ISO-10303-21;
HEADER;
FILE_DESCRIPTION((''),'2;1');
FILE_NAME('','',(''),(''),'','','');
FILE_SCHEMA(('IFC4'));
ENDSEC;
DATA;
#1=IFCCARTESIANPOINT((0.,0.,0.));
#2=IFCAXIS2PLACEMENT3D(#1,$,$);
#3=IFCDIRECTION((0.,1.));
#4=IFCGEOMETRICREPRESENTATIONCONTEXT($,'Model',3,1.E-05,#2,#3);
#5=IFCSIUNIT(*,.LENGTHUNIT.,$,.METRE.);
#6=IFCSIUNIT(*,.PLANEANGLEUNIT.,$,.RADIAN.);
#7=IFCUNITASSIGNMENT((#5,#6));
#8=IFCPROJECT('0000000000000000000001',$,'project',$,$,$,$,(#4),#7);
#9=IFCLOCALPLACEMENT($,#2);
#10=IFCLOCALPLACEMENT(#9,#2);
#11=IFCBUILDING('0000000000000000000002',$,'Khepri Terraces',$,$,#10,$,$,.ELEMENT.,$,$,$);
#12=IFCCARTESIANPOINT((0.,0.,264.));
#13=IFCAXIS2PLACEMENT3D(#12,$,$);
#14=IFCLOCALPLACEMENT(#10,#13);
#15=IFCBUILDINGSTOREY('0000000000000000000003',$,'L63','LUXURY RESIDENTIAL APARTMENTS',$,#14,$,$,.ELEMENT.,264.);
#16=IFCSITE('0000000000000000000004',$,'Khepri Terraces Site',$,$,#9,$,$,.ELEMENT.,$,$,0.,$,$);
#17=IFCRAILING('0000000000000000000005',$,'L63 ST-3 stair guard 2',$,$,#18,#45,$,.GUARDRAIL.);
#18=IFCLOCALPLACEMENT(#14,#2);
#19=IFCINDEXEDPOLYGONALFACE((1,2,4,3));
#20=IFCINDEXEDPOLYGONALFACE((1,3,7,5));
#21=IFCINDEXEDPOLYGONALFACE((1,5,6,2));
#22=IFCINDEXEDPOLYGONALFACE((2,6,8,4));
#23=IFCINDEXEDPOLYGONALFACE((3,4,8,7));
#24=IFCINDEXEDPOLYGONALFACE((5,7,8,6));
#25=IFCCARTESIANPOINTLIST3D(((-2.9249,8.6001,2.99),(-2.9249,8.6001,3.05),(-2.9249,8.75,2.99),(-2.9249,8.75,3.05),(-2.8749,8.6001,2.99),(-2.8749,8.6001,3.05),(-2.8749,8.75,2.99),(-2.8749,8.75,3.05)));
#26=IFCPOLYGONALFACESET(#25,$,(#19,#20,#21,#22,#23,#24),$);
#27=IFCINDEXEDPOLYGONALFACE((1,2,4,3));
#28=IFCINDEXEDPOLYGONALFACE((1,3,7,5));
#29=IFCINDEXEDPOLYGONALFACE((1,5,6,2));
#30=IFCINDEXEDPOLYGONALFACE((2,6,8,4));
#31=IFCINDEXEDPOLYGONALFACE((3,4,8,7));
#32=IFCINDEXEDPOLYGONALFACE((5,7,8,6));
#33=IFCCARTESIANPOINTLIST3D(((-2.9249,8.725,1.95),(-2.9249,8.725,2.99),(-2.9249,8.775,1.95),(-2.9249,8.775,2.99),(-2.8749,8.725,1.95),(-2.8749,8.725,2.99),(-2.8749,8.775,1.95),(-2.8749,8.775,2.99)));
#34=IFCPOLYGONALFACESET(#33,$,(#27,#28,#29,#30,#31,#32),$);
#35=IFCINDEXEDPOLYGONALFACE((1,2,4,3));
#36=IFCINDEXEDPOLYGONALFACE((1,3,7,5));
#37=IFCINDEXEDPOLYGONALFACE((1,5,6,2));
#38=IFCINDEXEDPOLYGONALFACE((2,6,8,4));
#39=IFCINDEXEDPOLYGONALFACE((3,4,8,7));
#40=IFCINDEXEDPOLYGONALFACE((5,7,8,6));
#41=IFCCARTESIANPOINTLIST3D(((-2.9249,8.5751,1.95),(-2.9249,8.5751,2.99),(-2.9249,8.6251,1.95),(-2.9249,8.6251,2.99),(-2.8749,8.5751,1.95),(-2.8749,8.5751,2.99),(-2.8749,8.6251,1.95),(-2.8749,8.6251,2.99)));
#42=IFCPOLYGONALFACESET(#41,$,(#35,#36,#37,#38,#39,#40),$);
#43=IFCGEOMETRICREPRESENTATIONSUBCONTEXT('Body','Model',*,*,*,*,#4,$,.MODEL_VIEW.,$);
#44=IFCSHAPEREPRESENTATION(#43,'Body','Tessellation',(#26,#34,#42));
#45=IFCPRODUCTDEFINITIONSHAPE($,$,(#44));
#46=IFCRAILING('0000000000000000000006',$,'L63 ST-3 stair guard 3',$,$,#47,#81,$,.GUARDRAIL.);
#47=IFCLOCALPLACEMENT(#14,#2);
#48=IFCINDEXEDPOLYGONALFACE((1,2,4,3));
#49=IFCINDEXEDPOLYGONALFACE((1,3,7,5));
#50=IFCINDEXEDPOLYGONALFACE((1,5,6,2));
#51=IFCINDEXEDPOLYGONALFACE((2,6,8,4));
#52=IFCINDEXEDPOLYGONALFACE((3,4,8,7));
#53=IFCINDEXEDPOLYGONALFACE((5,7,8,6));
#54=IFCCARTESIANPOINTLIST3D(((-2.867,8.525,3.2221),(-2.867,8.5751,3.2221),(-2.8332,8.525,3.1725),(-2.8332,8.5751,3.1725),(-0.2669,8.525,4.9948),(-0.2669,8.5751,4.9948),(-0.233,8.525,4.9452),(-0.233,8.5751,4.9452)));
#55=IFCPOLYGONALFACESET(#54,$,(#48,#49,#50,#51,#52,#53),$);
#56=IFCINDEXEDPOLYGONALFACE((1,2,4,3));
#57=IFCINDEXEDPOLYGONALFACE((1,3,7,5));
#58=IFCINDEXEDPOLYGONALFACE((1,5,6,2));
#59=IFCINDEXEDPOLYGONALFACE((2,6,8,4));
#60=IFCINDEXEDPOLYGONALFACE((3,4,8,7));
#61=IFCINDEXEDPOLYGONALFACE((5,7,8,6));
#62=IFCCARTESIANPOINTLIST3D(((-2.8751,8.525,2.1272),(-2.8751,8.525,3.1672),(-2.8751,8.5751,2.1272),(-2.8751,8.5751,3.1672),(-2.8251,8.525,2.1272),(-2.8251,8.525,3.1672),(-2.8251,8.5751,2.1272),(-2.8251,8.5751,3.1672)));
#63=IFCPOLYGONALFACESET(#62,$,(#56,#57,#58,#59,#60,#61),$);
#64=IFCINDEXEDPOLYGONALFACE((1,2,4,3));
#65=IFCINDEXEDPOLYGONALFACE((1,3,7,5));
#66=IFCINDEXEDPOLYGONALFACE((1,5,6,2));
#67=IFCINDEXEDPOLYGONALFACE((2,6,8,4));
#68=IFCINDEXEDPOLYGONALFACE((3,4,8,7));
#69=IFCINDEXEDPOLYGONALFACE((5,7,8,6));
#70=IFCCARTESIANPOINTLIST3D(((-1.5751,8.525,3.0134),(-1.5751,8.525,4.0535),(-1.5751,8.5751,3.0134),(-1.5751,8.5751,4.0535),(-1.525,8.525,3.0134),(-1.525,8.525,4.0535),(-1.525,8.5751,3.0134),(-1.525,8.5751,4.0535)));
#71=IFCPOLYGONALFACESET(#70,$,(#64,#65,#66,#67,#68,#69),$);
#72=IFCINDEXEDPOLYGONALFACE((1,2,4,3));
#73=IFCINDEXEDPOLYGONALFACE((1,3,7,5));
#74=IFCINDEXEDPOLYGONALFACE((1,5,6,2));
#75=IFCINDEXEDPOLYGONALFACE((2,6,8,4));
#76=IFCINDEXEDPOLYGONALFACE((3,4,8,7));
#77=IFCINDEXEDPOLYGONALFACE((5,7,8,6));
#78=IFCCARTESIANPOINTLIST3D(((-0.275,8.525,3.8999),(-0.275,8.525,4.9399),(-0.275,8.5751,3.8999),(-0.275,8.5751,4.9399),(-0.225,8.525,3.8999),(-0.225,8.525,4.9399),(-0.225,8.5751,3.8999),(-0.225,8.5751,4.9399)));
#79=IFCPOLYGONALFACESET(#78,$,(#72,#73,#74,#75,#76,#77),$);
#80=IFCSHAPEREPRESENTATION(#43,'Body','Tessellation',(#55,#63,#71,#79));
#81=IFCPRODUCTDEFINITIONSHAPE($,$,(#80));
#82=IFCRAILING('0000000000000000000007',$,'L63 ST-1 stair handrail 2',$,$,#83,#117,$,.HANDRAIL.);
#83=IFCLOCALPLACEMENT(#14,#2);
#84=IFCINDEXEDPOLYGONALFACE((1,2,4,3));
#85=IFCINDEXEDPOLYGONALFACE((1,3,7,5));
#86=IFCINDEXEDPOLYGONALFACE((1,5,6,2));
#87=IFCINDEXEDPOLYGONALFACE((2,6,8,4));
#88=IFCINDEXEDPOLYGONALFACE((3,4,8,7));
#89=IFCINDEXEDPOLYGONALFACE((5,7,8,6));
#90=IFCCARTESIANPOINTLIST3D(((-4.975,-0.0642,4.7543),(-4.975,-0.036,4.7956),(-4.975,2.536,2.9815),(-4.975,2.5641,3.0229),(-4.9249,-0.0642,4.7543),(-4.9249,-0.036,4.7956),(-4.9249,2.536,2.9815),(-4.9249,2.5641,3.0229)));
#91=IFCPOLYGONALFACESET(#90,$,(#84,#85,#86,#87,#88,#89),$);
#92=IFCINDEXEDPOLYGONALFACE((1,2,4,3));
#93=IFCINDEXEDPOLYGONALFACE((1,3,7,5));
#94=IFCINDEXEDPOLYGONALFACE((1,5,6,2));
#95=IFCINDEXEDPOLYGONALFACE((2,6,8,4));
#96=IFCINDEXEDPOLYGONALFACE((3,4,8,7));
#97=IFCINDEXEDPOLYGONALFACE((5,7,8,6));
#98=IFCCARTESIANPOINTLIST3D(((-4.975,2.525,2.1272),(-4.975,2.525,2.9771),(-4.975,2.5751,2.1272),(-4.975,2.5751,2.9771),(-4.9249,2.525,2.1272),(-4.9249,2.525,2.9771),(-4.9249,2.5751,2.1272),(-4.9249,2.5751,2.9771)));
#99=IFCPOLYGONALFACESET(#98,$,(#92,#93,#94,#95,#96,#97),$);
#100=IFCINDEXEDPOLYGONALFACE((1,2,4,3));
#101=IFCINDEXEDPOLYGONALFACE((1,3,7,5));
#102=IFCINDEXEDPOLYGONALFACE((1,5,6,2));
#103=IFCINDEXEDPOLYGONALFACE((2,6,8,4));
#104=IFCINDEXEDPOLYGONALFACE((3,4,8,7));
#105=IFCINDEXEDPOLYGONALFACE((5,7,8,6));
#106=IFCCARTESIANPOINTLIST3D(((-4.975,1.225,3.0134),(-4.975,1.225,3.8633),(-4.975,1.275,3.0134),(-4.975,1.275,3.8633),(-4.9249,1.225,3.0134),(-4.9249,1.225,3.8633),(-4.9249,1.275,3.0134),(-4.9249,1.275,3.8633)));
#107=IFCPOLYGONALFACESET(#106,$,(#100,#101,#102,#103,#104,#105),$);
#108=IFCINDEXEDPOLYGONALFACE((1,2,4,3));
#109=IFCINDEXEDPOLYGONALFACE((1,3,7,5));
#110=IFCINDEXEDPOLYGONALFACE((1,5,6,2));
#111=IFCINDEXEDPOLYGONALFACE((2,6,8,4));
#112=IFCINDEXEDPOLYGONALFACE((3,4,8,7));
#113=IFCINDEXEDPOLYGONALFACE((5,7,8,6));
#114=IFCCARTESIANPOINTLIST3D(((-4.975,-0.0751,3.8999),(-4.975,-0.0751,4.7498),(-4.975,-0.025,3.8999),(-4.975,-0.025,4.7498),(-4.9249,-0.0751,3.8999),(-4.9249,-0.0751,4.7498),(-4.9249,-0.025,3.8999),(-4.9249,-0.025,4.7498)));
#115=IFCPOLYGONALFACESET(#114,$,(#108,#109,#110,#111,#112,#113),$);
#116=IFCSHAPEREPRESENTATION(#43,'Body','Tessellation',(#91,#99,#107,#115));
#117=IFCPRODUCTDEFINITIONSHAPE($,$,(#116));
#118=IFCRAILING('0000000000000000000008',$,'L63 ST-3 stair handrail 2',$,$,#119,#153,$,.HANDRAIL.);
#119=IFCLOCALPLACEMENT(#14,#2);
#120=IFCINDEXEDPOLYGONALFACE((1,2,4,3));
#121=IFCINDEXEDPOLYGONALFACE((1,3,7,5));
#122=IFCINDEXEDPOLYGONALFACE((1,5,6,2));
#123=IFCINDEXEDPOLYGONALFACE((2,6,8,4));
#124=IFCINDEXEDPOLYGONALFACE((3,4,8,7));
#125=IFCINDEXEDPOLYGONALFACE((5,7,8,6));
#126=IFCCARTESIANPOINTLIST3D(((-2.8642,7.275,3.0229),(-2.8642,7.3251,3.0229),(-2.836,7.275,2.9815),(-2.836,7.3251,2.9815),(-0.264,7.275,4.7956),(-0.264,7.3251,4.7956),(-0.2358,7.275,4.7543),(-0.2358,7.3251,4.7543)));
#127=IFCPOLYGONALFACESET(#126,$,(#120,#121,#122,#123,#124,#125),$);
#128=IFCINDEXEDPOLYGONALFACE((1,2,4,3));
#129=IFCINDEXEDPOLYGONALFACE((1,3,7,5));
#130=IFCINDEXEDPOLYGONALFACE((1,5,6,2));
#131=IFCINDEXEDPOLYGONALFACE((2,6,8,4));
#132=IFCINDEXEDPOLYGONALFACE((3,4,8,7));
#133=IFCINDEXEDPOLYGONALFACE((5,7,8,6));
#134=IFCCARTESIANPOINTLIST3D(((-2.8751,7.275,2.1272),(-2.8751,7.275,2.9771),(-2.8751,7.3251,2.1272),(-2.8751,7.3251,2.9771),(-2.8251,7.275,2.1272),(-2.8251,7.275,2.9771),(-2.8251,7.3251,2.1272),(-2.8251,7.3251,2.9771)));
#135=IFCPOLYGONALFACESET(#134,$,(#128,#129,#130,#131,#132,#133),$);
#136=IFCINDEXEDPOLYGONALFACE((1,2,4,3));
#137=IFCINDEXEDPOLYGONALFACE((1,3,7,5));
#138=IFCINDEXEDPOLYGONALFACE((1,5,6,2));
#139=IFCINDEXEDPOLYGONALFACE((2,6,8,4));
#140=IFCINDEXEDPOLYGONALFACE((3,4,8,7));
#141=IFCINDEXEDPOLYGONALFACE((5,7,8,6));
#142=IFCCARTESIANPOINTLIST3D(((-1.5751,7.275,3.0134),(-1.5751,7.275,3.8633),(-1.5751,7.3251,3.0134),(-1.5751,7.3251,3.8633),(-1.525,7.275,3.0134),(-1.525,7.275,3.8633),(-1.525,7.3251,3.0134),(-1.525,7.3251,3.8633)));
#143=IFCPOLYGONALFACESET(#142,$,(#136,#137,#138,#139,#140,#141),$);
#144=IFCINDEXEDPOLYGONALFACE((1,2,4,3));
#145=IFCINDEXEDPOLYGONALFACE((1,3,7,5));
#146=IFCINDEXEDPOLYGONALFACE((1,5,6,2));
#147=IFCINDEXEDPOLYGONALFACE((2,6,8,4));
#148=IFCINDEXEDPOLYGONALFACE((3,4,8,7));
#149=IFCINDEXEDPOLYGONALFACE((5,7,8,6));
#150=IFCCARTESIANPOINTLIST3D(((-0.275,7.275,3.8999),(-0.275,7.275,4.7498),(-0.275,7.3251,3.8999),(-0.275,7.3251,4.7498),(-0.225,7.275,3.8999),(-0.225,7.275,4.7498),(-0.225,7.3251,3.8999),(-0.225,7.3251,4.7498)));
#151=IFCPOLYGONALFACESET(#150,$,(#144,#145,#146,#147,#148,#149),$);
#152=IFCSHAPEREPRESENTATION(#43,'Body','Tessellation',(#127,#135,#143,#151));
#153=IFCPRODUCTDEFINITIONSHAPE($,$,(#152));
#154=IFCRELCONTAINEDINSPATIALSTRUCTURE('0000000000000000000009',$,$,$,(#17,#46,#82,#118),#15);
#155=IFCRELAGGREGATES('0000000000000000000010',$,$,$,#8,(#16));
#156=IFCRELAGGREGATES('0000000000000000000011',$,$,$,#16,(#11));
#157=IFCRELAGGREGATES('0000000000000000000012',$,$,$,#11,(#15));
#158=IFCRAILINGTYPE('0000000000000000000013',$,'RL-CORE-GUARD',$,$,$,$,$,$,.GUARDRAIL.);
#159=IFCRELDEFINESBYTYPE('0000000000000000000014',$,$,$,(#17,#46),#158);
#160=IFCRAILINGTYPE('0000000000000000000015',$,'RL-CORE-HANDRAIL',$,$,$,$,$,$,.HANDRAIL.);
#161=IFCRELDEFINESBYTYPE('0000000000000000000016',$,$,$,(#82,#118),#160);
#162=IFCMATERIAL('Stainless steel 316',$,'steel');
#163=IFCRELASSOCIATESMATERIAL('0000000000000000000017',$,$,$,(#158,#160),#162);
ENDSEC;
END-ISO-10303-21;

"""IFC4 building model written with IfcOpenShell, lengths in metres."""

from ifc_helpers import new_model, si_unit, direction, frame, origin, origin_2d, place, context, subcontext, project, spatial, rectangle, extrude, material, type_object, element, save


model = new_model("IFC4")

# Units and contexts
model_context = context("Model", 3, precision=1e-05, world=origin(), true_north=direction((0.0, 1.0)))
body_context = subcontext(model_context, "Body", "Model", "MODEL_VIEW")
ifc_project = project(units=[si_unit("LENGTHUNIT", "METRE"), si_unit("PLANEANGLEUNIT", "RADIAN")], contexts=[model_context])

# Site, building, storey
site_placement = place(None, origin())
site = spatial("IfcSite", under=ifc_project, at=site_placement, Name="Khepri Terraces Site", CompositionType="ELEMENT", RefElevation=0.0)
building_placement = place(site_placement, origin())
building = spatial("IfcBuilding", under=site, at=building_placement, Name="Khepri Terraces", CompositionType="ELEMENT")
storey_placement = place(building_placement, frame((0.0, 0.0, 264.0)))
storey = spatial("IfcBuildingStorey", under=building, at=storey_placement, Name="L63", Description="LUXURY RESIDENTIAL APARTMENTS", CompositionType="ELEMENT", Elevation=264.0)

# Railings
ifc_material_1 = material(Name="Stainless steel 316", Category="steel")
railing_type_1 = type_object("IfcRailingType", Name="RL-CORE-GUARD", PredefinedType="GUARDRAIL", material=ifc_material_1)
railing_1_placement = place(storey_placement, frame((-2.8999, 8.75, 1.95)))
element("IfcRailing", 1, at=railing_1_placement, inside=storey, type_object=railing_type_1, Name="L63 ST-3 stair guard 2", PredefinedType="GUARDRAIL", context=body_context, shape_type="SweptSolid", body=[
    extrude(rectangle(XDim=0.05, YDim=0.0601, at=origin_2d()), frame((0.0, 0.0, 1.0701), z_axis=(0.0, -1.0, 0.0), x_axis=(1.0, 0.0, 0.0)), (0.0, 0.0, 1.0), 0.1499),
    extrude(rectangle(XDim=0.05, YDim=0.05, at=origin_2d()), origin(), (0.0, 0.0, 1.0), 1.04),
    extrude(rectangle(XDim=0.05, YDim=0.05, at=origin_2d()), frame((0.0, -0.1499, 0.0)), (0.0, 0.0, 1.0), 1.04),
])
railing_2_placement = place(storey_placement, frame((-2.8501, 8.55, 2.1272)))
element("IfcRailing", 2, at=railing_2_placement, inside=storey, type_object=railing_type_1, Name="L63 ST-3 stair guard 3", PredefinedType="GUARDRAIL", context=body_context, shape_type="SweptSolid", body=[
    extrude(rectangle(XDim=0.05, YDim=0.0601, at=origin_2d()), frame((0.0, 0.0, 1.0701), z_axis=(0.82624, 0.0, 0.563318), x_axis=(0.0, 1.0, 0.0)), (0.0, 0.0, 1.0), 3.147),
    extrude(rectangle(XDim=0.05, YDim=0.05, at=origin_2d()), origin(), (0.0, 0.0, 1.0), 1.04),
    extrude(rectangle(XDim=0.05, YDim=0.05, at=origin_2d()), frame((1.3, 0.0, 0.8862)), (0.0, 0.0, 1.0), 1.04),
    extrude(rectangle(XDim=0.05, YDim=0.05, at=origin_2d()), frame((2.6001, 0.0, 1.7727)), (0.0, 0.0, 1.0), 1.04),
])
railing_type_2 = type_object("IfcRailingType", Name="RL-CORE-HANDRAIL", PredefinedType="HANDRAIL", material=ifc_material_1)
railing_3_placement = place(storey_placement, frame((-4.95, 2.55, 2.1272)))
element("IfcRailing", 3, at=railing_3_placement, inside=storey, type_object=railing_type_2, Name="L63 ST-1 stair handrail 2", PredefinedType="HANDRAIL", context=body_context, shape_type="SweptSolid", body=[
    extrude(rectangle(XDim=0.05, YDim=0.05, at=origin_2d()), frame((0.0, 0.0, 0.875), z_axis=(0.0, -0.82624, 0.563318), x_axis=(1.0, 0.0, 0.0)), (0.0, 0.0, 1.0), 3.147),
    extrude(rectangle(XDim=0.05, YDim=0.05, at=origin_2d()), origin(), (0.0, 0.0, 1.0), 0.8499),
    extrude(rectangle(XDim=0.05, YDim=0.05, at=origin_2d()), frame((0.0, -1.3, 0.8862)), (0.0, 0.0, 1.0), 0.8499),
    extrude(rectangle(XDim=0.05, YDim=0.05, at=origin_2d()), frame((0.0, -2.6001, 1.7727)), (0.0, 0.0, 1.0), 0.8499),
])
railing_4_placement = place(storey_placement, frame((-2.8501, 7.3, 2.1272)))
element("IfcRailing", 4, at=railing_4_placement, inside=storey, type_object=railing_type_2, Name="L63 ST-3 stair handrail 2", PredefinedType="HANDRAIL", context=body_context, shape_type="SweptSolid", body=[
    extrude(rectangle(XDim=0.05, YDim=0.05, at=origin_2d()), frame((0.0, 0.0, 0.875), z_axis=(0.82624, 0.0, 0.563318), x_axis=(0.0, 1.0, 0.0)), (0.0, 0.0, 1.0), 3.147),
    extrude(rectangle(XDim=0.05, YDim=0.05, at=origin_2d()), origin(), (0.0, 0.0, 1.0), 0.8499),
    extrude(rectangle(XDim=0.05, YDim=0.05, at=origin_2d()), frame((1.3, 0.0, 0.8862)), (0.0, 0.0, 1.0), 0.8499),
    extrude(rectangle(XDim=0.05, YDim=0.05, at=origin_2d()), frame((2.6001, 0.0, 1.7727)), (0.0, 0.0, 1.0), 0.8499),
])

save(model, "model.ifc")
